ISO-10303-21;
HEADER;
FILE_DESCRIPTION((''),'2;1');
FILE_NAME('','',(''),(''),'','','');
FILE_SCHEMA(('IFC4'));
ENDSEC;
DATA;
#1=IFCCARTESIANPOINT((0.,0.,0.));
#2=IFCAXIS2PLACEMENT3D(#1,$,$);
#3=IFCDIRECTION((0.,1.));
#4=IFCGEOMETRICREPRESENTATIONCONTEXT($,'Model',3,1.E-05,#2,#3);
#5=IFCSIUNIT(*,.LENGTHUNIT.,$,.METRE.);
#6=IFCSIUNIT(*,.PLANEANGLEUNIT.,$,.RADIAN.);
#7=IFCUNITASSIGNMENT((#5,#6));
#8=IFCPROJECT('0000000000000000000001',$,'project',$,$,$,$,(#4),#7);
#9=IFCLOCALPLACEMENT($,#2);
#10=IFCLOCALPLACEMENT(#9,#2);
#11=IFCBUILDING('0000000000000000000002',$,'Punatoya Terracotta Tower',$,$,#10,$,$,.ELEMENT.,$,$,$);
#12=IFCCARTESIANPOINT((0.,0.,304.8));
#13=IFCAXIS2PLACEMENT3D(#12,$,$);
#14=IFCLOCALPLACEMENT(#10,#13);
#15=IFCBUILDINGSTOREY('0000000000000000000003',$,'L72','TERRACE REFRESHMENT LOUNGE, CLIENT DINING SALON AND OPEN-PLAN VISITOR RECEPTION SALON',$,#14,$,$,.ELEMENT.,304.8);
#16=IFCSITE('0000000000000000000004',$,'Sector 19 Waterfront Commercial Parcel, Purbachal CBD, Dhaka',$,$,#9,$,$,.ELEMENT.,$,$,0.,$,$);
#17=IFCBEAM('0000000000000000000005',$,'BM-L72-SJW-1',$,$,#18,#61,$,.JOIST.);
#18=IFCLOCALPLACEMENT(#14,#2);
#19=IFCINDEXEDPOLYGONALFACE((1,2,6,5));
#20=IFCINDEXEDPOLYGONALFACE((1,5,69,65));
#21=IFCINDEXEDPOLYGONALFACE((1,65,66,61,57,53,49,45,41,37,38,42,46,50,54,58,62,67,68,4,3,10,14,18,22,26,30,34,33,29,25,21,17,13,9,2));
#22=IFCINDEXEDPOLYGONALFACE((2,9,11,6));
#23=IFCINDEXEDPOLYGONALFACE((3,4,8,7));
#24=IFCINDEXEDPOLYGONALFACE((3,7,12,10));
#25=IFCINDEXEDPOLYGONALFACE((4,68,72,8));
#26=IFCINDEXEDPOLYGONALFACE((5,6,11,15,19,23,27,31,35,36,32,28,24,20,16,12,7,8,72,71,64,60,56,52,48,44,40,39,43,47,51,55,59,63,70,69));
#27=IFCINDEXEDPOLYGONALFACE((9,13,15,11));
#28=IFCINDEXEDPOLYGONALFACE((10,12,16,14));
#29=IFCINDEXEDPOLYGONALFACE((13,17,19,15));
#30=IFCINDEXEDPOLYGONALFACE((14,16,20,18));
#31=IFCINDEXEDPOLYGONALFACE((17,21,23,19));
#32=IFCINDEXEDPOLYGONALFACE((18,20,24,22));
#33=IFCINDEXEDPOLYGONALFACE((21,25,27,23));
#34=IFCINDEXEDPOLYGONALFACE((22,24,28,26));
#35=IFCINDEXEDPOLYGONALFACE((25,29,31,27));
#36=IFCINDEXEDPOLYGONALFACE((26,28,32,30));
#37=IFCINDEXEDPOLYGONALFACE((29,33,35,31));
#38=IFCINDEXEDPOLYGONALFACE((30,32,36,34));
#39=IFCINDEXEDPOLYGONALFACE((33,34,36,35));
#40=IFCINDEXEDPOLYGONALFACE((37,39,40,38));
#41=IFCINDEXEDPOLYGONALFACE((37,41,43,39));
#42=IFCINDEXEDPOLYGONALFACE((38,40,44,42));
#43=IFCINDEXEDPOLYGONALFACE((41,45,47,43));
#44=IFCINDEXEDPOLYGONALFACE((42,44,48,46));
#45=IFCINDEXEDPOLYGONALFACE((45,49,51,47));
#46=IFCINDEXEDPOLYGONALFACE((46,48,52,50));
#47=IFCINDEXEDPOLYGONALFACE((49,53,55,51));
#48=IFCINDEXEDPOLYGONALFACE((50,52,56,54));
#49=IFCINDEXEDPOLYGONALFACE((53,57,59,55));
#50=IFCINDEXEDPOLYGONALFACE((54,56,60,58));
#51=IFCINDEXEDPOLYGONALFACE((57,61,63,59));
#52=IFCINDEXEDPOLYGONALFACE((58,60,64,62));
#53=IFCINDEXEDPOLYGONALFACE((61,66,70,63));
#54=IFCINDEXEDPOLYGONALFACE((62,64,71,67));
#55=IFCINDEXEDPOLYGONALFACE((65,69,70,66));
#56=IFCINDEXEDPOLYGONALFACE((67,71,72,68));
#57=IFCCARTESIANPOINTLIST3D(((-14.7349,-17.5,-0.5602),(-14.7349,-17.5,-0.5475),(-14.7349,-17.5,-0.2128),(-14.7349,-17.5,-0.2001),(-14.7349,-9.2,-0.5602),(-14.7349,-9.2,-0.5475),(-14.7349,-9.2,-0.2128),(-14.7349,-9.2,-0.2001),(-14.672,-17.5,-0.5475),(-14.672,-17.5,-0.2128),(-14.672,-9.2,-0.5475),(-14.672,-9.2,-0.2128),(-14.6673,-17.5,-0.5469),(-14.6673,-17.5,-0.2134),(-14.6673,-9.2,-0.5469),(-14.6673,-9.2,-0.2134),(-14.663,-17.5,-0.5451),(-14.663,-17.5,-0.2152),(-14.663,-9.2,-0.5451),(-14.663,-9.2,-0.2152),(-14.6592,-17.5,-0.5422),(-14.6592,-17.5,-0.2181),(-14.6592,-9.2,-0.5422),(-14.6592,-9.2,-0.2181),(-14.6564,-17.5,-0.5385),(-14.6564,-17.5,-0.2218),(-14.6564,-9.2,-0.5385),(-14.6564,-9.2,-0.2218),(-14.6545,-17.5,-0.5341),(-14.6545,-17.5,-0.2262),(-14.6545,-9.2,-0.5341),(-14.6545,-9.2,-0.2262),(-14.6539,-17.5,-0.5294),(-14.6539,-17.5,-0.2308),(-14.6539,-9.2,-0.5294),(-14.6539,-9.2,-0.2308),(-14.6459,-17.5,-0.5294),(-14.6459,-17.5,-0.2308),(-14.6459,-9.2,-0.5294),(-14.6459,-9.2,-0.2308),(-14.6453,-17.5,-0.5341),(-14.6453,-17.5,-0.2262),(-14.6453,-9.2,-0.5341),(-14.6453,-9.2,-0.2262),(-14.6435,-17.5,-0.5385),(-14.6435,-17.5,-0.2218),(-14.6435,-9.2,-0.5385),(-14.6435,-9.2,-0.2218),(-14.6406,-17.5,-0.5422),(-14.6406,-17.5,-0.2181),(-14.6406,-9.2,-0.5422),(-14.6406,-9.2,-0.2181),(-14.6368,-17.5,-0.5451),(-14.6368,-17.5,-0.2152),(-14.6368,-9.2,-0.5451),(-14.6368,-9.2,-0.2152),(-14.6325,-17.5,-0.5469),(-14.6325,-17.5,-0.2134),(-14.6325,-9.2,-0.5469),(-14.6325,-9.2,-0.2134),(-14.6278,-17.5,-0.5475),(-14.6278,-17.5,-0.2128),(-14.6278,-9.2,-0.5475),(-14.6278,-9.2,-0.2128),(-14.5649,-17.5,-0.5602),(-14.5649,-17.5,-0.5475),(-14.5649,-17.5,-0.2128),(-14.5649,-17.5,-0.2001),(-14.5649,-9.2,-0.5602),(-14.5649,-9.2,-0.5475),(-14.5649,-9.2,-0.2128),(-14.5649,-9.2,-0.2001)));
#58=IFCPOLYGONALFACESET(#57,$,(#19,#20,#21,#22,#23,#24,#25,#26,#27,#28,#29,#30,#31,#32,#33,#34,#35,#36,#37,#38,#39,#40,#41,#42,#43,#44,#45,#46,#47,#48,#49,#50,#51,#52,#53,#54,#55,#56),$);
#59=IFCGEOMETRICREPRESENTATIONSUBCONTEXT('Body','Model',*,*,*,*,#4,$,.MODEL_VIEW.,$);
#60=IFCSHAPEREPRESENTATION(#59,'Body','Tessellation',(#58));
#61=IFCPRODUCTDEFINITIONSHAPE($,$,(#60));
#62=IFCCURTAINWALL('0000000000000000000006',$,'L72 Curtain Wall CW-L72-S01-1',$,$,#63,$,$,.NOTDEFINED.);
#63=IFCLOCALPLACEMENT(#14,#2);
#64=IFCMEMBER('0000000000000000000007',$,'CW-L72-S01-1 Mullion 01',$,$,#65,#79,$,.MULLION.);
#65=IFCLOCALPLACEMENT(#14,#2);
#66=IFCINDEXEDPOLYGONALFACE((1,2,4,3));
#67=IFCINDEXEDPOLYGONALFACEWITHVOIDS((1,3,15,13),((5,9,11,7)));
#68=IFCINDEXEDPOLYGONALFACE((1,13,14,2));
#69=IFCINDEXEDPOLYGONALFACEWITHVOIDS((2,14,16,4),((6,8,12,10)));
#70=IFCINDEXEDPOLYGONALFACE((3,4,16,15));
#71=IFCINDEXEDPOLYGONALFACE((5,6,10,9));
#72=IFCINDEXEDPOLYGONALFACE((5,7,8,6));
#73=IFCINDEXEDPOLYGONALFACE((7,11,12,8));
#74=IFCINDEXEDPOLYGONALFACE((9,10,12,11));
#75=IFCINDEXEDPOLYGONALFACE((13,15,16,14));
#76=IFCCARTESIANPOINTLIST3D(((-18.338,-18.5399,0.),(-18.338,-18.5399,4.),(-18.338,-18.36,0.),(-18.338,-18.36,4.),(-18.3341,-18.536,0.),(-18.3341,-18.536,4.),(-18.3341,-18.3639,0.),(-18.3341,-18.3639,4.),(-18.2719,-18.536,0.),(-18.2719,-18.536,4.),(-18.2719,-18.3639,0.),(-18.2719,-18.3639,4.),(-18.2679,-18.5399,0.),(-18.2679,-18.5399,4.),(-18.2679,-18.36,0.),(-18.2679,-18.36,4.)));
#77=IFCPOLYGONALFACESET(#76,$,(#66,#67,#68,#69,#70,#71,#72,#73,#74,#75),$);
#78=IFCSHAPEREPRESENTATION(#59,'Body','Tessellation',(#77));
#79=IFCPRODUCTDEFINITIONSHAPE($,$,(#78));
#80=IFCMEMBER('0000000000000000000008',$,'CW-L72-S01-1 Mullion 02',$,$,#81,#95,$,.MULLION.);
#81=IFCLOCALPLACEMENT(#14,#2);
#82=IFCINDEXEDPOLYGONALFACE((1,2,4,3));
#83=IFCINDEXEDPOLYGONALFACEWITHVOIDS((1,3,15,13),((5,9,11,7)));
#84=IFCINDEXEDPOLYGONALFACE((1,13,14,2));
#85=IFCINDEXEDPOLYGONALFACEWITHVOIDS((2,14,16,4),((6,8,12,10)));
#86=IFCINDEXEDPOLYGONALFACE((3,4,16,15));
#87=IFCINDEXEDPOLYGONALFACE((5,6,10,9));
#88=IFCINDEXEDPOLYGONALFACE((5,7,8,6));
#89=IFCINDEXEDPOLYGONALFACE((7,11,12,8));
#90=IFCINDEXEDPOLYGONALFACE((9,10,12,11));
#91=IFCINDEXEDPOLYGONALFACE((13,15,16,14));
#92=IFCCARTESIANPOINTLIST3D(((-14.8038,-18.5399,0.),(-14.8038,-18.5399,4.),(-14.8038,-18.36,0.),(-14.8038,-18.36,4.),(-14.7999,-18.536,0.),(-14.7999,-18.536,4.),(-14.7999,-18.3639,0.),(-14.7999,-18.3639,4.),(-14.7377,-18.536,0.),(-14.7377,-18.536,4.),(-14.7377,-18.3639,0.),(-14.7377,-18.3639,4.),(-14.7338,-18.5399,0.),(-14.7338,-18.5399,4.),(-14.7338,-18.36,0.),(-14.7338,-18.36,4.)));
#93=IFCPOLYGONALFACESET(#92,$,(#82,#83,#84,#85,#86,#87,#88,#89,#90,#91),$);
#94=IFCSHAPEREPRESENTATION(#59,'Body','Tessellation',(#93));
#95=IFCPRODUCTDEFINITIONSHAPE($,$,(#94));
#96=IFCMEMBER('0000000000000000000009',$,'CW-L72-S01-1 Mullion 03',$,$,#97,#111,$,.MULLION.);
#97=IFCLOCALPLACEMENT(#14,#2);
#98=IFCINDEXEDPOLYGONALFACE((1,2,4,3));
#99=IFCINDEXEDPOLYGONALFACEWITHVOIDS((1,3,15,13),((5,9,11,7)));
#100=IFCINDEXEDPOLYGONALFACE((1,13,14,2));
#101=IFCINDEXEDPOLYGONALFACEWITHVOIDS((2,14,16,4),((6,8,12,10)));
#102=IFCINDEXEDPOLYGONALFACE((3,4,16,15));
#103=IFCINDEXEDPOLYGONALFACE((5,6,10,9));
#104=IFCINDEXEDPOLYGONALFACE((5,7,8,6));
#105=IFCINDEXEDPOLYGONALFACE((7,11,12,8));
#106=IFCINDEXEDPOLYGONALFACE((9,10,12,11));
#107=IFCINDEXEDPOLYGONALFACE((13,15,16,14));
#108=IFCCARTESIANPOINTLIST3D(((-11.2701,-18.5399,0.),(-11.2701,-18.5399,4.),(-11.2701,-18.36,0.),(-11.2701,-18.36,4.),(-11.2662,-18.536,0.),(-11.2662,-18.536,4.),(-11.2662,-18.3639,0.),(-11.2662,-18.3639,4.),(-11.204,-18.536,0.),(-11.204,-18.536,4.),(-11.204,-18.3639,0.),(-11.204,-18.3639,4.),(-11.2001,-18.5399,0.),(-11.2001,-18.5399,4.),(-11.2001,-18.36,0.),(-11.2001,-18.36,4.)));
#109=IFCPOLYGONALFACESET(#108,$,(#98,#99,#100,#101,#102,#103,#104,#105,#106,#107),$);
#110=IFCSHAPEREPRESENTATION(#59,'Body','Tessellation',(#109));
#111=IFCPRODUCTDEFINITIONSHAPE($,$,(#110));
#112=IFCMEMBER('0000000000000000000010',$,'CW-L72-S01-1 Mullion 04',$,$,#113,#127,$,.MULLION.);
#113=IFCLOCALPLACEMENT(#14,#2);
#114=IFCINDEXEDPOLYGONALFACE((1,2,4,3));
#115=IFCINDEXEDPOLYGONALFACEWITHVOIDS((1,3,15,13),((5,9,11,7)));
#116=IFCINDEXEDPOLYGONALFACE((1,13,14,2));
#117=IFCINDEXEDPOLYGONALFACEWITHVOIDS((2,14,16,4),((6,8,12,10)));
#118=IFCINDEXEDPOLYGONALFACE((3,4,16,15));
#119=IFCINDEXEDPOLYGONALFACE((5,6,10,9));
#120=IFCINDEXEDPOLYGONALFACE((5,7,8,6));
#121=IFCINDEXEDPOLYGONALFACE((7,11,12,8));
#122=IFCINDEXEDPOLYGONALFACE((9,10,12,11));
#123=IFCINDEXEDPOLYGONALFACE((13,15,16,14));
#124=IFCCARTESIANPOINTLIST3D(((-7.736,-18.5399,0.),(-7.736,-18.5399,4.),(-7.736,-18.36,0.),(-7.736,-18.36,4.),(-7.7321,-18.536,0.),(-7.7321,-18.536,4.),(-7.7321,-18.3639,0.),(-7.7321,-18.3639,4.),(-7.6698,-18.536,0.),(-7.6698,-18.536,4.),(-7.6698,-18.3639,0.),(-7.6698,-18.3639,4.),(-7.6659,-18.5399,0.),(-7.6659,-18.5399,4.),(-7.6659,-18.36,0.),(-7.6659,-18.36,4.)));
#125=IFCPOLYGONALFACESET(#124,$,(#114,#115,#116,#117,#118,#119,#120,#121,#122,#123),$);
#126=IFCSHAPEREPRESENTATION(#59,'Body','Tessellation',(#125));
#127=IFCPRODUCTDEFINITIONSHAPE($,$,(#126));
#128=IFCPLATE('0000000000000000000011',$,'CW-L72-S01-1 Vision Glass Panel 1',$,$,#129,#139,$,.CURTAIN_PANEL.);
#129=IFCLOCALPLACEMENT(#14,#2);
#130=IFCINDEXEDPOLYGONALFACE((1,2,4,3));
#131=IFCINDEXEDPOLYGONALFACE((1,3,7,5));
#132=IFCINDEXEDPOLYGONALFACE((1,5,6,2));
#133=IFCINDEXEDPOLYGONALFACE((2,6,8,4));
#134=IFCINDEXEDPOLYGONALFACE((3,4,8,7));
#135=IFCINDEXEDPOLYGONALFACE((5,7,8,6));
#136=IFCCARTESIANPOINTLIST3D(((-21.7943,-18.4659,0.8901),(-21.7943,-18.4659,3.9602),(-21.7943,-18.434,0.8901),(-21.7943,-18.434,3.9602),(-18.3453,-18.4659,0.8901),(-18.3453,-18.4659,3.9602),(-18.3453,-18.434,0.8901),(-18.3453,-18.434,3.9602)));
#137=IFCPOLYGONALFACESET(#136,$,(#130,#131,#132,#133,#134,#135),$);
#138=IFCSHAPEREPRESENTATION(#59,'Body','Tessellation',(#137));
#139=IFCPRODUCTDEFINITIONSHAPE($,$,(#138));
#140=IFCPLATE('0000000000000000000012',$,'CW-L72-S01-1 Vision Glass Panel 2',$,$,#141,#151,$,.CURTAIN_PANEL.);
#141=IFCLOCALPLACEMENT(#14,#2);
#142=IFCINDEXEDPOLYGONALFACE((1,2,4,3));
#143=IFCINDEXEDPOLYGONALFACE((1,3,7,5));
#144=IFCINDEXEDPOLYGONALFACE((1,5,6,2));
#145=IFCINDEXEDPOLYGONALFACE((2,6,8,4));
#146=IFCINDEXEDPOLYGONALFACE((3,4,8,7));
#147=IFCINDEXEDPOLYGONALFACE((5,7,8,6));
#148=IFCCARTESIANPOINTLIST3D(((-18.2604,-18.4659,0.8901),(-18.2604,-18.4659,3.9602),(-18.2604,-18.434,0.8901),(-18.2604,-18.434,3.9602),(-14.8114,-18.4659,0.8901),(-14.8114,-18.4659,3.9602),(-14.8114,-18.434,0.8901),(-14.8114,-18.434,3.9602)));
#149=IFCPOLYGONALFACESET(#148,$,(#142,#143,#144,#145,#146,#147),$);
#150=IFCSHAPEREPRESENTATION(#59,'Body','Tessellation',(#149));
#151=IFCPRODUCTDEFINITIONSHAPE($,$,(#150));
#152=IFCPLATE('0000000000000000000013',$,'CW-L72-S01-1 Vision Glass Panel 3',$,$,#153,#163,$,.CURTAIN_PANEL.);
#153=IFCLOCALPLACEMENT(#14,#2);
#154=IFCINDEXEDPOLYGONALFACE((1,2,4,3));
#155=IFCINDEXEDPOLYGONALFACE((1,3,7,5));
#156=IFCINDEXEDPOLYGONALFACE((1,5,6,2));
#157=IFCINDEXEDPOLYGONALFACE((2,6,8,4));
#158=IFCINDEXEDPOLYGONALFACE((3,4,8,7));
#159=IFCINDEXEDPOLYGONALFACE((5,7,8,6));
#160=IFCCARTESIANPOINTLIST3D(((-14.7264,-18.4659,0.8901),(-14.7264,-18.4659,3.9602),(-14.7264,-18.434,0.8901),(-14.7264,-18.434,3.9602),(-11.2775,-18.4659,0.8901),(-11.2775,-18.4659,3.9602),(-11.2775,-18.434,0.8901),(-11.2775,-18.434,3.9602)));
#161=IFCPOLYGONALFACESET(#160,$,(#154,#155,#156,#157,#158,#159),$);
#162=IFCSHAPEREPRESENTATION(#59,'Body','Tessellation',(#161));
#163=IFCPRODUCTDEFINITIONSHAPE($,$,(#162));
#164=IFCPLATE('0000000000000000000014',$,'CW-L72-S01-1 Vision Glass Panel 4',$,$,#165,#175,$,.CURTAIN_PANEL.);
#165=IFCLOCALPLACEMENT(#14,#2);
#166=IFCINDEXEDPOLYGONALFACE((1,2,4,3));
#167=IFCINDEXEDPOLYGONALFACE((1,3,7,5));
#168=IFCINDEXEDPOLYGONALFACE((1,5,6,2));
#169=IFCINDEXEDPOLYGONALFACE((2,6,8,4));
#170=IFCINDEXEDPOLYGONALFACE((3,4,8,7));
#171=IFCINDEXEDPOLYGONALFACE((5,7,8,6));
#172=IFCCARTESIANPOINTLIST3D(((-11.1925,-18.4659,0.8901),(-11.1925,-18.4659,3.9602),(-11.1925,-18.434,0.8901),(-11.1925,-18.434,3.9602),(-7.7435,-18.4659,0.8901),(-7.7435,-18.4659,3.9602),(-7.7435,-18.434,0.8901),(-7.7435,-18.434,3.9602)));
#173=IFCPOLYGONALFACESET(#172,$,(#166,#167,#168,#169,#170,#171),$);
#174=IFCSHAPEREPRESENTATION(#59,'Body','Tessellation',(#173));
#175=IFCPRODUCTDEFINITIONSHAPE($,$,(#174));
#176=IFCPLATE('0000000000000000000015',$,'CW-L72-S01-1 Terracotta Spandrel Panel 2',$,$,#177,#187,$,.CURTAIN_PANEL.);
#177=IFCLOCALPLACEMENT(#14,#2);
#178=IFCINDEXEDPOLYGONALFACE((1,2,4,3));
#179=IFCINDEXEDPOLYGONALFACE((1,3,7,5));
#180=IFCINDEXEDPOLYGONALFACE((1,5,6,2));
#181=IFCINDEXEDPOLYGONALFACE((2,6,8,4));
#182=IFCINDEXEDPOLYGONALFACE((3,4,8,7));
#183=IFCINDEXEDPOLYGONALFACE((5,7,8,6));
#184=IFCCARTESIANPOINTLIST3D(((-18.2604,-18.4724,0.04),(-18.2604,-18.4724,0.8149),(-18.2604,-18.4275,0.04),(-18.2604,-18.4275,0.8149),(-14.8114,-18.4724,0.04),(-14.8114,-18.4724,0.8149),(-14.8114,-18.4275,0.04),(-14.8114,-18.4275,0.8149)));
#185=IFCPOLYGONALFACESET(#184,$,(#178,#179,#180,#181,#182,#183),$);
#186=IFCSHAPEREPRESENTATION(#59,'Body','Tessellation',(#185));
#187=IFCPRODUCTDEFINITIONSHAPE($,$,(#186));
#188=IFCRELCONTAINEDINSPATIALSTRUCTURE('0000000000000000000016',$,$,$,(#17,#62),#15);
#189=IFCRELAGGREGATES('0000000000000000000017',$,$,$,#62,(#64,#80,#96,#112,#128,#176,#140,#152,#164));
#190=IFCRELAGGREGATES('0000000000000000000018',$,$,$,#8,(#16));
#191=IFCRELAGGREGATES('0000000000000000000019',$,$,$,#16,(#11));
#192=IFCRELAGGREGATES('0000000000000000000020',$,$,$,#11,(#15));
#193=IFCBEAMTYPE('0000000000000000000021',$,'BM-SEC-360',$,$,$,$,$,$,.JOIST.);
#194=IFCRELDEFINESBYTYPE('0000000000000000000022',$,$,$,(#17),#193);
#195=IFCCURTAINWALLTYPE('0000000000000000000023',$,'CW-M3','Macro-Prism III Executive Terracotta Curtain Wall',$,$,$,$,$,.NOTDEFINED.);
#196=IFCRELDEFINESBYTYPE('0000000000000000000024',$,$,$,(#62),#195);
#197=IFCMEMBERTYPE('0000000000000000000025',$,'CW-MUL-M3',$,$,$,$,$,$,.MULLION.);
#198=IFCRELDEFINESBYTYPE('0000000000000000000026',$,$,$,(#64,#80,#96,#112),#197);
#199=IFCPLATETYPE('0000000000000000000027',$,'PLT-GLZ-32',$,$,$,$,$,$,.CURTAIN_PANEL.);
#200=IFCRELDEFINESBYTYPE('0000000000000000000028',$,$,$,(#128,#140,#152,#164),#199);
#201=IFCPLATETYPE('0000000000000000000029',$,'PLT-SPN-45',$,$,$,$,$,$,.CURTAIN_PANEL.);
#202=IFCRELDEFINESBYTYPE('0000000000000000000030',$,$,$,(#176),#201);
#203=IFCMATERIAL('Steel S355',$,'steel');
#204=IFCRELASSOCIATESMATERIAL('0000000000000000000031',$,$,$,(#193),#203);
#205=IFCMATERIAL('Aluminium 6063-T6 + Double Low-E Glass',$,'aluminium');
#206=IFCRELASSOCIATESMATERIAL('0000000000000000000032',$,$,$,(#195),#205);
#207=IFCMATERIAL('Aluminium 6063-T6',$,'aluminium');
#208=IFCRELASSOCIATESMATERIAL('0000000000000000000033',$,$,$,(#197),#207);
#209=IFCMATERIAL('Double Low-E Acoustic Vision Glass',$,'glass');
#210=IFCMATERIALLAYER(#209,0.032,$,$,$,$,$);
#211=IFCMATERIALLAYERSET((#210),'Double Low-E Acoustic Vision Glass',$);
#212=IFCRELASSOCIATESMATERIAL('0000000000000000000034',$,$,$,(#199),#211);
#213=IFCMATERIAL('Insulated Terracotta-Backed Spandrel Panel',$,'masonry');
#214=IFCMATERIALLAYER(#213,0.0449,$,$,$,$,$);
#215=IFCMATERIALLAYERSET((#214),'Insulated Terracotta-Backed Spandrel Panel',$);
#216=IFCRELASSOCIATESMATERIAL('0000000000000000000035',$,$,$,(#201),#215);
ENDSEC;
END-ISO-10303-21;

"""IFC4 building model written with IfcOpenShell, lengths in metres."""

from ifc_helpers import new_model, si_unit, direction, frame, origin, origin_2d, place, context, subcontext, project, spatial, rectangle, hollow_rectangle, i_section, extrude, material, layer, layer_set, material_profile, profile_set, type_object, element, aggregate, save


model = new_model("IFC4")

# Units and contexts
model_context = context("Model", 3, precision=1e-05, world=origin(), true_north=direction((0.0, 1.0)))
body_context = subcontext(model_context, "Body", "Model", "MODEL_VIEW")
ifc_project = project(units=[si_unit("LENGTHUNIT", "METRE"), si_unit("PLANEANGLEUNIT", "RADIAN")], contexts=[model_context])

# Site, building, storey
site_placement = place(None, origin())
site = spatial("IfcSite", under=ifc_project, at=site_placement, Name="Sector 19 Waterfront Commercial Parcel, Purbachal CBD, Dhaka", CompositionType="ELEMENT", RefElevation=0.0)
building_placement = place(site_placement, origin())
building = spatial("IfcBuilding", under=site, at=building_placement, Name="Punatoya Terracotta Tower", CompositionType="ELEMENT")
storey_placement = place(building_placement, frame((0.0, 0.0, 304.8)))
storey = spatial("IfcBuildingStorey", under=building, at=storey_placement, Name="L72", Description="TERRACE REFRESHMENT LOUNGE, CLIENT DINING SALON AND OPEN-PLAN VISITOR RECEPTION SALON", CompositionType="ELEMENT", Elevation=304.8)

# Beam
ifc_material_1 = material(Name="Steel S355", Category="steel")
ifc_material_profile_1 = material_profile(ifc_material_1, i_section(OverallWidth=0.1699, OverallDepth=0.3601, WebThickness=0.0081, FlangeThickness=0.0127, FilletRadius=0.0181, at=origin_2d()))
ifc_profile_set_1 = profile_set([ifc_material_profile_1], Name="Steel S355")
beam_type_1 = type_object("IfcBeamType", Name="BM-SEC-360", PredefinedType="JOIST", material=ifc_profile_set_1)
beam_1_placement = place(storey_placement, frame((-14.6499, -17.5, -0.3801), z_axis=(0.0, 1.0, 0.0), x_axis=(-1.0, 0.0, 0.0)))
element("IfcBeam", 1, at=beam_1_placement, inside=storey, type_object=beam_type_1, Name="BM-L72-SJW-1", PredefinedType="JOIST", context=body_context, shape_type="SweptSolid", body=[
    extrude(i_section(OverallWidth=0.1699, OverallDepth=0.3601, WebThickness=0.0081, FlangeThickness=0.0127, FilletRadius=0.0181, at=origin_2d()), origin(), (0.0, 0.0, 1.0), 8.3),
])

# Curtain wall, members, plates
ifc_material_2 = material(Name="Aluminium 6063-T6 + Double Low-E Glass", Category="aluminium")
curtain_wall_type = type_object("IfcCurtainWallType", Name="CW-M3", Description="Macro-Prism III Executive Terracotta Curtain Wall", PredefinedType="NOTDEFINED", material=ifc_material_2)
curtain_wall_placement = place(storey_placement, origin())
curtain_wall = element("IfcCurtainWall", 2, at=curtain_wall_placement, inside=storey, type_object=curtain_wall_type, Name="L72 Curtain Wall CW-L72-S01-1", PredefinedType="NOTDEFINED")
ifc_material_3 = material(Name="Aluminium 6063-T6", Category="aluminium")
ifc_material_profile_2 = material_profile(ifc_material_3, hollow_rectangle(XDim=0.0701, YDim=0.1799, WallThickness=0.0039, at=origin_2d()))
ifc_profile_set_2 = profile_set([ifc_material_profile_2], Name="Aluminium 6063-T6")
member_type = type_object("IfcMemberType", Name="CW-MUL-M3", PredefinedType="MULLION", material=ifc_profile_set_2)
member_1_placement = place(storey_placement, frame((-18.303, -18.45, 0.0), z_axis=(0.0, 0.0, 1.0), x_axis=(1.0, 0.0, 0.0)))
member_1 = element("IfcMember", 3, at=member_1_placement, type_object=member_type, Name="CW-L72-S01-1 Mullion 01", PredefinedType="MULLION", context=body_context, shape_type="SweptSolid", body=[
    extrude(hollow_rectangle(XDim=0.0701, YDim=0.1799, WallThickness=0.0039, at=origin_2d()), origin(), (0.0, 0.0, 1.0), 4.0),
])
member_2_placement = place(storey_placement, frame((-14.7688, -18.45, 0.0), z_axis=(0.0, 0.0, 1.0), x_axis=(1.0, 0.0, 0.0)))
member_2 = element("IfcMember", 4, at=member_2_placement, type_object=member_type, Name="CW-L72-S01-1 Mullion 02", PredefinedType="MULLION", context=body_context, shape_type="SweptSolid", body=[
    extrude(hollow_rectangle(XDim=0.0701, YDim=0.1799, WallThickness=0.0039, at=origin_2d()), origin(), (0.0, 0.0, 1.0), 4.0),
])
member_3_placement = place(storey_placement, frame((-11.2351, -18.45, 0.0), z_axis=(0.0, 0.0, 1.0), x_axis=(1.0, 0.0, 0.0)))
member_3 = element("IfcMember", 5, at=member_3_placement, type_object=member_type, Name="CW-L72-S01-1 Mullion 03", PredefinedType="MULLION", context=body_context, shape_type="SweptSolid", body=[
    extrude(hollow_rectangle(XDim=0.0701, YDim=0.1799, WallThickness=0.0039, at=origin_2d()), origin(), (0.0, 0.0, 1.0), 4.0),
])
member_4_placement = place(storey_placement, frame((-7.7009, -18.45, 0.0), z_axis=(0.0, 0.0, 1.0), x_axis=(1.0, 0.0, 0.0)))
member_4 = element("IfcMember", 6, at=member_4_placement, type_object=member_type, Name="CW-L72-S01-1 Mullion 04", PredefinedType="MULLION", context=body_context, shape_type="SweptSolid", body=[
    extrude(hollow_rectangle(XDim=0.0701, YDim=0.1799, WallThickness=0.0039, at=origin_2d()), origin(), (0.0, 0.0, 1.0), 4.0),
])
ifc_material_4 = material(Name="Double Low-E Acoustic Vision Glass", Category="glass")
ifc_layer_1 = layer(ifc_material_4, 0.032)
ifc_layer_set_1 = layer_set([ifc_layer_1], Name="Double Low-E Acoustic Vision Glass")
plate_type_1 = type_object("IfcPlateType", Name="PLT-GLZ-32", PredefinedType="CURTAIN_PANEL", material=ifc_layer_set_1)
plate_1_placement = place(storey_placement, frame((-20.0698, -18.45, 0.8901), z_axis=(0.0, 0.0, 1.0), x_axis=(1.0, 0.0, 0.0)))
plate_1 = element("IfcPlate", 7, at=plate_1_placement, type_object=plate_type_1, Name="CW-L72-S01-1 Vision Glass Panel 1", PredefinedType="CURTAIN_PANEL", context=body_context, shape_type="SweptSolid", body=[
    extrude(rectangle(XDim=3.449, YDim=0.032, at=origin_2d()), origin(), (0.0, 0.0, 1.0), 3.0701),
])
plate_2_placement = place(storey_placement, frame((-16.5359, -18.45, 0.8901), z_axis=(0.0, 0.0, 1.0), x_axis=(1.0, 0.0, 0.0)))
plate_2 = element("IfcPlate", 8, at=plate_2_placement, type_object=plate_type_1, Name="CW-L72-S01-1 Vision Glass Panel 2", PredefinedType="CURTAIN_PANEL", context=body_context, shape_type="SweptSolid", body=[
    extrude(rectangle(XDim=3.449, YDim=0.032, at=origin_2d()), origin(), (0.0, 0.0, 1.0), 3.0701),
])
plate_3_placement = place(storey_placement, frame((-13.002, -18.45, 0.8901), z_axis=(0.0, 0.0, 1.0), x_axis=(1.0, 0.0, 0.0)))
plate_3 = element("IfcPlate", 9, at=plate_3_placement, type_object=plate_type_1, Name="CW-L72-S01-1 Vision Glass Panel 3", PredefinedType="CURTAIN_PANEL", context=body_context, shape_type="SweptSolid", body=[
    extrude(rectangle(XDim=3.449, YDim=0.032, at=origin_2d()), origin(), (0.0, 0.0, 1.0), 3.0701),
])
plate_4_placement = place(storey_placement, frame((-9.468, -18.45, 0.8901), z_axis=(0.0, 0.0, 1.0), x_axis=(1.0, 0.0, 0.0)))
plate_4 = element("IfcPlate", 10, at=plate_4_placement, type_object=plate_type_1, Name="CW-L72-S01-1 Vision Glass Panel 4", PredefinedType="CURTAIN_PANEL", context=body_context, shape_type="SweptSolid", body=[
    extrude(rectangle(XDim=3.449, YDim=0.032, at=origin_2d()), origin(), (0.0, 0.0, 1.0), 3.0701),
])
ifc_material_5 = material(Name="Insulated Terracotta-Backed Spandrel Panel", Category="masonry")
ifc_layer_2 = layer(ifc_material_5, 0.0449)
ifc_layer_set_2 = layer_set([ifc_layer_2], Name="Insulated Terracotta-Backed Spandrel Panel")
plate_type_2 = type_object("IfcPlateType", Name="PLT-SPN-45", PredefinedType="CURTAIN_PANEL", material=ifc_layer_set_2)
plate_5_placement = place(storey_placement, frame((-16.5359, -18.45, 0.04), z_axis=(0.0, 0.0, 1.0), x_axis=(1.0, 0.0, 0.0)))
plate_5 = element("IfcPlate", 11, at=plate_5_placement, type_object=plate_type_2, Name="CW-L72-S01-1 Terracotta Spandrel Panel 2", PredefinedType="CURTAIN_PANEL", context=body_context, shape_type="SweptSolid", body=[
    extrude(rectangle(XDim=3.449, YDim=0.0449, at=origin_2d()), origin(), (0.0, 0.0, 1.0), 0.7749),
])
aggregate(curtain_wall, [member_1, member_2, member_3, member_4, plate_1, plate_5, plate_2, plate_3, plate_4])

save(model, "model.ifc")
